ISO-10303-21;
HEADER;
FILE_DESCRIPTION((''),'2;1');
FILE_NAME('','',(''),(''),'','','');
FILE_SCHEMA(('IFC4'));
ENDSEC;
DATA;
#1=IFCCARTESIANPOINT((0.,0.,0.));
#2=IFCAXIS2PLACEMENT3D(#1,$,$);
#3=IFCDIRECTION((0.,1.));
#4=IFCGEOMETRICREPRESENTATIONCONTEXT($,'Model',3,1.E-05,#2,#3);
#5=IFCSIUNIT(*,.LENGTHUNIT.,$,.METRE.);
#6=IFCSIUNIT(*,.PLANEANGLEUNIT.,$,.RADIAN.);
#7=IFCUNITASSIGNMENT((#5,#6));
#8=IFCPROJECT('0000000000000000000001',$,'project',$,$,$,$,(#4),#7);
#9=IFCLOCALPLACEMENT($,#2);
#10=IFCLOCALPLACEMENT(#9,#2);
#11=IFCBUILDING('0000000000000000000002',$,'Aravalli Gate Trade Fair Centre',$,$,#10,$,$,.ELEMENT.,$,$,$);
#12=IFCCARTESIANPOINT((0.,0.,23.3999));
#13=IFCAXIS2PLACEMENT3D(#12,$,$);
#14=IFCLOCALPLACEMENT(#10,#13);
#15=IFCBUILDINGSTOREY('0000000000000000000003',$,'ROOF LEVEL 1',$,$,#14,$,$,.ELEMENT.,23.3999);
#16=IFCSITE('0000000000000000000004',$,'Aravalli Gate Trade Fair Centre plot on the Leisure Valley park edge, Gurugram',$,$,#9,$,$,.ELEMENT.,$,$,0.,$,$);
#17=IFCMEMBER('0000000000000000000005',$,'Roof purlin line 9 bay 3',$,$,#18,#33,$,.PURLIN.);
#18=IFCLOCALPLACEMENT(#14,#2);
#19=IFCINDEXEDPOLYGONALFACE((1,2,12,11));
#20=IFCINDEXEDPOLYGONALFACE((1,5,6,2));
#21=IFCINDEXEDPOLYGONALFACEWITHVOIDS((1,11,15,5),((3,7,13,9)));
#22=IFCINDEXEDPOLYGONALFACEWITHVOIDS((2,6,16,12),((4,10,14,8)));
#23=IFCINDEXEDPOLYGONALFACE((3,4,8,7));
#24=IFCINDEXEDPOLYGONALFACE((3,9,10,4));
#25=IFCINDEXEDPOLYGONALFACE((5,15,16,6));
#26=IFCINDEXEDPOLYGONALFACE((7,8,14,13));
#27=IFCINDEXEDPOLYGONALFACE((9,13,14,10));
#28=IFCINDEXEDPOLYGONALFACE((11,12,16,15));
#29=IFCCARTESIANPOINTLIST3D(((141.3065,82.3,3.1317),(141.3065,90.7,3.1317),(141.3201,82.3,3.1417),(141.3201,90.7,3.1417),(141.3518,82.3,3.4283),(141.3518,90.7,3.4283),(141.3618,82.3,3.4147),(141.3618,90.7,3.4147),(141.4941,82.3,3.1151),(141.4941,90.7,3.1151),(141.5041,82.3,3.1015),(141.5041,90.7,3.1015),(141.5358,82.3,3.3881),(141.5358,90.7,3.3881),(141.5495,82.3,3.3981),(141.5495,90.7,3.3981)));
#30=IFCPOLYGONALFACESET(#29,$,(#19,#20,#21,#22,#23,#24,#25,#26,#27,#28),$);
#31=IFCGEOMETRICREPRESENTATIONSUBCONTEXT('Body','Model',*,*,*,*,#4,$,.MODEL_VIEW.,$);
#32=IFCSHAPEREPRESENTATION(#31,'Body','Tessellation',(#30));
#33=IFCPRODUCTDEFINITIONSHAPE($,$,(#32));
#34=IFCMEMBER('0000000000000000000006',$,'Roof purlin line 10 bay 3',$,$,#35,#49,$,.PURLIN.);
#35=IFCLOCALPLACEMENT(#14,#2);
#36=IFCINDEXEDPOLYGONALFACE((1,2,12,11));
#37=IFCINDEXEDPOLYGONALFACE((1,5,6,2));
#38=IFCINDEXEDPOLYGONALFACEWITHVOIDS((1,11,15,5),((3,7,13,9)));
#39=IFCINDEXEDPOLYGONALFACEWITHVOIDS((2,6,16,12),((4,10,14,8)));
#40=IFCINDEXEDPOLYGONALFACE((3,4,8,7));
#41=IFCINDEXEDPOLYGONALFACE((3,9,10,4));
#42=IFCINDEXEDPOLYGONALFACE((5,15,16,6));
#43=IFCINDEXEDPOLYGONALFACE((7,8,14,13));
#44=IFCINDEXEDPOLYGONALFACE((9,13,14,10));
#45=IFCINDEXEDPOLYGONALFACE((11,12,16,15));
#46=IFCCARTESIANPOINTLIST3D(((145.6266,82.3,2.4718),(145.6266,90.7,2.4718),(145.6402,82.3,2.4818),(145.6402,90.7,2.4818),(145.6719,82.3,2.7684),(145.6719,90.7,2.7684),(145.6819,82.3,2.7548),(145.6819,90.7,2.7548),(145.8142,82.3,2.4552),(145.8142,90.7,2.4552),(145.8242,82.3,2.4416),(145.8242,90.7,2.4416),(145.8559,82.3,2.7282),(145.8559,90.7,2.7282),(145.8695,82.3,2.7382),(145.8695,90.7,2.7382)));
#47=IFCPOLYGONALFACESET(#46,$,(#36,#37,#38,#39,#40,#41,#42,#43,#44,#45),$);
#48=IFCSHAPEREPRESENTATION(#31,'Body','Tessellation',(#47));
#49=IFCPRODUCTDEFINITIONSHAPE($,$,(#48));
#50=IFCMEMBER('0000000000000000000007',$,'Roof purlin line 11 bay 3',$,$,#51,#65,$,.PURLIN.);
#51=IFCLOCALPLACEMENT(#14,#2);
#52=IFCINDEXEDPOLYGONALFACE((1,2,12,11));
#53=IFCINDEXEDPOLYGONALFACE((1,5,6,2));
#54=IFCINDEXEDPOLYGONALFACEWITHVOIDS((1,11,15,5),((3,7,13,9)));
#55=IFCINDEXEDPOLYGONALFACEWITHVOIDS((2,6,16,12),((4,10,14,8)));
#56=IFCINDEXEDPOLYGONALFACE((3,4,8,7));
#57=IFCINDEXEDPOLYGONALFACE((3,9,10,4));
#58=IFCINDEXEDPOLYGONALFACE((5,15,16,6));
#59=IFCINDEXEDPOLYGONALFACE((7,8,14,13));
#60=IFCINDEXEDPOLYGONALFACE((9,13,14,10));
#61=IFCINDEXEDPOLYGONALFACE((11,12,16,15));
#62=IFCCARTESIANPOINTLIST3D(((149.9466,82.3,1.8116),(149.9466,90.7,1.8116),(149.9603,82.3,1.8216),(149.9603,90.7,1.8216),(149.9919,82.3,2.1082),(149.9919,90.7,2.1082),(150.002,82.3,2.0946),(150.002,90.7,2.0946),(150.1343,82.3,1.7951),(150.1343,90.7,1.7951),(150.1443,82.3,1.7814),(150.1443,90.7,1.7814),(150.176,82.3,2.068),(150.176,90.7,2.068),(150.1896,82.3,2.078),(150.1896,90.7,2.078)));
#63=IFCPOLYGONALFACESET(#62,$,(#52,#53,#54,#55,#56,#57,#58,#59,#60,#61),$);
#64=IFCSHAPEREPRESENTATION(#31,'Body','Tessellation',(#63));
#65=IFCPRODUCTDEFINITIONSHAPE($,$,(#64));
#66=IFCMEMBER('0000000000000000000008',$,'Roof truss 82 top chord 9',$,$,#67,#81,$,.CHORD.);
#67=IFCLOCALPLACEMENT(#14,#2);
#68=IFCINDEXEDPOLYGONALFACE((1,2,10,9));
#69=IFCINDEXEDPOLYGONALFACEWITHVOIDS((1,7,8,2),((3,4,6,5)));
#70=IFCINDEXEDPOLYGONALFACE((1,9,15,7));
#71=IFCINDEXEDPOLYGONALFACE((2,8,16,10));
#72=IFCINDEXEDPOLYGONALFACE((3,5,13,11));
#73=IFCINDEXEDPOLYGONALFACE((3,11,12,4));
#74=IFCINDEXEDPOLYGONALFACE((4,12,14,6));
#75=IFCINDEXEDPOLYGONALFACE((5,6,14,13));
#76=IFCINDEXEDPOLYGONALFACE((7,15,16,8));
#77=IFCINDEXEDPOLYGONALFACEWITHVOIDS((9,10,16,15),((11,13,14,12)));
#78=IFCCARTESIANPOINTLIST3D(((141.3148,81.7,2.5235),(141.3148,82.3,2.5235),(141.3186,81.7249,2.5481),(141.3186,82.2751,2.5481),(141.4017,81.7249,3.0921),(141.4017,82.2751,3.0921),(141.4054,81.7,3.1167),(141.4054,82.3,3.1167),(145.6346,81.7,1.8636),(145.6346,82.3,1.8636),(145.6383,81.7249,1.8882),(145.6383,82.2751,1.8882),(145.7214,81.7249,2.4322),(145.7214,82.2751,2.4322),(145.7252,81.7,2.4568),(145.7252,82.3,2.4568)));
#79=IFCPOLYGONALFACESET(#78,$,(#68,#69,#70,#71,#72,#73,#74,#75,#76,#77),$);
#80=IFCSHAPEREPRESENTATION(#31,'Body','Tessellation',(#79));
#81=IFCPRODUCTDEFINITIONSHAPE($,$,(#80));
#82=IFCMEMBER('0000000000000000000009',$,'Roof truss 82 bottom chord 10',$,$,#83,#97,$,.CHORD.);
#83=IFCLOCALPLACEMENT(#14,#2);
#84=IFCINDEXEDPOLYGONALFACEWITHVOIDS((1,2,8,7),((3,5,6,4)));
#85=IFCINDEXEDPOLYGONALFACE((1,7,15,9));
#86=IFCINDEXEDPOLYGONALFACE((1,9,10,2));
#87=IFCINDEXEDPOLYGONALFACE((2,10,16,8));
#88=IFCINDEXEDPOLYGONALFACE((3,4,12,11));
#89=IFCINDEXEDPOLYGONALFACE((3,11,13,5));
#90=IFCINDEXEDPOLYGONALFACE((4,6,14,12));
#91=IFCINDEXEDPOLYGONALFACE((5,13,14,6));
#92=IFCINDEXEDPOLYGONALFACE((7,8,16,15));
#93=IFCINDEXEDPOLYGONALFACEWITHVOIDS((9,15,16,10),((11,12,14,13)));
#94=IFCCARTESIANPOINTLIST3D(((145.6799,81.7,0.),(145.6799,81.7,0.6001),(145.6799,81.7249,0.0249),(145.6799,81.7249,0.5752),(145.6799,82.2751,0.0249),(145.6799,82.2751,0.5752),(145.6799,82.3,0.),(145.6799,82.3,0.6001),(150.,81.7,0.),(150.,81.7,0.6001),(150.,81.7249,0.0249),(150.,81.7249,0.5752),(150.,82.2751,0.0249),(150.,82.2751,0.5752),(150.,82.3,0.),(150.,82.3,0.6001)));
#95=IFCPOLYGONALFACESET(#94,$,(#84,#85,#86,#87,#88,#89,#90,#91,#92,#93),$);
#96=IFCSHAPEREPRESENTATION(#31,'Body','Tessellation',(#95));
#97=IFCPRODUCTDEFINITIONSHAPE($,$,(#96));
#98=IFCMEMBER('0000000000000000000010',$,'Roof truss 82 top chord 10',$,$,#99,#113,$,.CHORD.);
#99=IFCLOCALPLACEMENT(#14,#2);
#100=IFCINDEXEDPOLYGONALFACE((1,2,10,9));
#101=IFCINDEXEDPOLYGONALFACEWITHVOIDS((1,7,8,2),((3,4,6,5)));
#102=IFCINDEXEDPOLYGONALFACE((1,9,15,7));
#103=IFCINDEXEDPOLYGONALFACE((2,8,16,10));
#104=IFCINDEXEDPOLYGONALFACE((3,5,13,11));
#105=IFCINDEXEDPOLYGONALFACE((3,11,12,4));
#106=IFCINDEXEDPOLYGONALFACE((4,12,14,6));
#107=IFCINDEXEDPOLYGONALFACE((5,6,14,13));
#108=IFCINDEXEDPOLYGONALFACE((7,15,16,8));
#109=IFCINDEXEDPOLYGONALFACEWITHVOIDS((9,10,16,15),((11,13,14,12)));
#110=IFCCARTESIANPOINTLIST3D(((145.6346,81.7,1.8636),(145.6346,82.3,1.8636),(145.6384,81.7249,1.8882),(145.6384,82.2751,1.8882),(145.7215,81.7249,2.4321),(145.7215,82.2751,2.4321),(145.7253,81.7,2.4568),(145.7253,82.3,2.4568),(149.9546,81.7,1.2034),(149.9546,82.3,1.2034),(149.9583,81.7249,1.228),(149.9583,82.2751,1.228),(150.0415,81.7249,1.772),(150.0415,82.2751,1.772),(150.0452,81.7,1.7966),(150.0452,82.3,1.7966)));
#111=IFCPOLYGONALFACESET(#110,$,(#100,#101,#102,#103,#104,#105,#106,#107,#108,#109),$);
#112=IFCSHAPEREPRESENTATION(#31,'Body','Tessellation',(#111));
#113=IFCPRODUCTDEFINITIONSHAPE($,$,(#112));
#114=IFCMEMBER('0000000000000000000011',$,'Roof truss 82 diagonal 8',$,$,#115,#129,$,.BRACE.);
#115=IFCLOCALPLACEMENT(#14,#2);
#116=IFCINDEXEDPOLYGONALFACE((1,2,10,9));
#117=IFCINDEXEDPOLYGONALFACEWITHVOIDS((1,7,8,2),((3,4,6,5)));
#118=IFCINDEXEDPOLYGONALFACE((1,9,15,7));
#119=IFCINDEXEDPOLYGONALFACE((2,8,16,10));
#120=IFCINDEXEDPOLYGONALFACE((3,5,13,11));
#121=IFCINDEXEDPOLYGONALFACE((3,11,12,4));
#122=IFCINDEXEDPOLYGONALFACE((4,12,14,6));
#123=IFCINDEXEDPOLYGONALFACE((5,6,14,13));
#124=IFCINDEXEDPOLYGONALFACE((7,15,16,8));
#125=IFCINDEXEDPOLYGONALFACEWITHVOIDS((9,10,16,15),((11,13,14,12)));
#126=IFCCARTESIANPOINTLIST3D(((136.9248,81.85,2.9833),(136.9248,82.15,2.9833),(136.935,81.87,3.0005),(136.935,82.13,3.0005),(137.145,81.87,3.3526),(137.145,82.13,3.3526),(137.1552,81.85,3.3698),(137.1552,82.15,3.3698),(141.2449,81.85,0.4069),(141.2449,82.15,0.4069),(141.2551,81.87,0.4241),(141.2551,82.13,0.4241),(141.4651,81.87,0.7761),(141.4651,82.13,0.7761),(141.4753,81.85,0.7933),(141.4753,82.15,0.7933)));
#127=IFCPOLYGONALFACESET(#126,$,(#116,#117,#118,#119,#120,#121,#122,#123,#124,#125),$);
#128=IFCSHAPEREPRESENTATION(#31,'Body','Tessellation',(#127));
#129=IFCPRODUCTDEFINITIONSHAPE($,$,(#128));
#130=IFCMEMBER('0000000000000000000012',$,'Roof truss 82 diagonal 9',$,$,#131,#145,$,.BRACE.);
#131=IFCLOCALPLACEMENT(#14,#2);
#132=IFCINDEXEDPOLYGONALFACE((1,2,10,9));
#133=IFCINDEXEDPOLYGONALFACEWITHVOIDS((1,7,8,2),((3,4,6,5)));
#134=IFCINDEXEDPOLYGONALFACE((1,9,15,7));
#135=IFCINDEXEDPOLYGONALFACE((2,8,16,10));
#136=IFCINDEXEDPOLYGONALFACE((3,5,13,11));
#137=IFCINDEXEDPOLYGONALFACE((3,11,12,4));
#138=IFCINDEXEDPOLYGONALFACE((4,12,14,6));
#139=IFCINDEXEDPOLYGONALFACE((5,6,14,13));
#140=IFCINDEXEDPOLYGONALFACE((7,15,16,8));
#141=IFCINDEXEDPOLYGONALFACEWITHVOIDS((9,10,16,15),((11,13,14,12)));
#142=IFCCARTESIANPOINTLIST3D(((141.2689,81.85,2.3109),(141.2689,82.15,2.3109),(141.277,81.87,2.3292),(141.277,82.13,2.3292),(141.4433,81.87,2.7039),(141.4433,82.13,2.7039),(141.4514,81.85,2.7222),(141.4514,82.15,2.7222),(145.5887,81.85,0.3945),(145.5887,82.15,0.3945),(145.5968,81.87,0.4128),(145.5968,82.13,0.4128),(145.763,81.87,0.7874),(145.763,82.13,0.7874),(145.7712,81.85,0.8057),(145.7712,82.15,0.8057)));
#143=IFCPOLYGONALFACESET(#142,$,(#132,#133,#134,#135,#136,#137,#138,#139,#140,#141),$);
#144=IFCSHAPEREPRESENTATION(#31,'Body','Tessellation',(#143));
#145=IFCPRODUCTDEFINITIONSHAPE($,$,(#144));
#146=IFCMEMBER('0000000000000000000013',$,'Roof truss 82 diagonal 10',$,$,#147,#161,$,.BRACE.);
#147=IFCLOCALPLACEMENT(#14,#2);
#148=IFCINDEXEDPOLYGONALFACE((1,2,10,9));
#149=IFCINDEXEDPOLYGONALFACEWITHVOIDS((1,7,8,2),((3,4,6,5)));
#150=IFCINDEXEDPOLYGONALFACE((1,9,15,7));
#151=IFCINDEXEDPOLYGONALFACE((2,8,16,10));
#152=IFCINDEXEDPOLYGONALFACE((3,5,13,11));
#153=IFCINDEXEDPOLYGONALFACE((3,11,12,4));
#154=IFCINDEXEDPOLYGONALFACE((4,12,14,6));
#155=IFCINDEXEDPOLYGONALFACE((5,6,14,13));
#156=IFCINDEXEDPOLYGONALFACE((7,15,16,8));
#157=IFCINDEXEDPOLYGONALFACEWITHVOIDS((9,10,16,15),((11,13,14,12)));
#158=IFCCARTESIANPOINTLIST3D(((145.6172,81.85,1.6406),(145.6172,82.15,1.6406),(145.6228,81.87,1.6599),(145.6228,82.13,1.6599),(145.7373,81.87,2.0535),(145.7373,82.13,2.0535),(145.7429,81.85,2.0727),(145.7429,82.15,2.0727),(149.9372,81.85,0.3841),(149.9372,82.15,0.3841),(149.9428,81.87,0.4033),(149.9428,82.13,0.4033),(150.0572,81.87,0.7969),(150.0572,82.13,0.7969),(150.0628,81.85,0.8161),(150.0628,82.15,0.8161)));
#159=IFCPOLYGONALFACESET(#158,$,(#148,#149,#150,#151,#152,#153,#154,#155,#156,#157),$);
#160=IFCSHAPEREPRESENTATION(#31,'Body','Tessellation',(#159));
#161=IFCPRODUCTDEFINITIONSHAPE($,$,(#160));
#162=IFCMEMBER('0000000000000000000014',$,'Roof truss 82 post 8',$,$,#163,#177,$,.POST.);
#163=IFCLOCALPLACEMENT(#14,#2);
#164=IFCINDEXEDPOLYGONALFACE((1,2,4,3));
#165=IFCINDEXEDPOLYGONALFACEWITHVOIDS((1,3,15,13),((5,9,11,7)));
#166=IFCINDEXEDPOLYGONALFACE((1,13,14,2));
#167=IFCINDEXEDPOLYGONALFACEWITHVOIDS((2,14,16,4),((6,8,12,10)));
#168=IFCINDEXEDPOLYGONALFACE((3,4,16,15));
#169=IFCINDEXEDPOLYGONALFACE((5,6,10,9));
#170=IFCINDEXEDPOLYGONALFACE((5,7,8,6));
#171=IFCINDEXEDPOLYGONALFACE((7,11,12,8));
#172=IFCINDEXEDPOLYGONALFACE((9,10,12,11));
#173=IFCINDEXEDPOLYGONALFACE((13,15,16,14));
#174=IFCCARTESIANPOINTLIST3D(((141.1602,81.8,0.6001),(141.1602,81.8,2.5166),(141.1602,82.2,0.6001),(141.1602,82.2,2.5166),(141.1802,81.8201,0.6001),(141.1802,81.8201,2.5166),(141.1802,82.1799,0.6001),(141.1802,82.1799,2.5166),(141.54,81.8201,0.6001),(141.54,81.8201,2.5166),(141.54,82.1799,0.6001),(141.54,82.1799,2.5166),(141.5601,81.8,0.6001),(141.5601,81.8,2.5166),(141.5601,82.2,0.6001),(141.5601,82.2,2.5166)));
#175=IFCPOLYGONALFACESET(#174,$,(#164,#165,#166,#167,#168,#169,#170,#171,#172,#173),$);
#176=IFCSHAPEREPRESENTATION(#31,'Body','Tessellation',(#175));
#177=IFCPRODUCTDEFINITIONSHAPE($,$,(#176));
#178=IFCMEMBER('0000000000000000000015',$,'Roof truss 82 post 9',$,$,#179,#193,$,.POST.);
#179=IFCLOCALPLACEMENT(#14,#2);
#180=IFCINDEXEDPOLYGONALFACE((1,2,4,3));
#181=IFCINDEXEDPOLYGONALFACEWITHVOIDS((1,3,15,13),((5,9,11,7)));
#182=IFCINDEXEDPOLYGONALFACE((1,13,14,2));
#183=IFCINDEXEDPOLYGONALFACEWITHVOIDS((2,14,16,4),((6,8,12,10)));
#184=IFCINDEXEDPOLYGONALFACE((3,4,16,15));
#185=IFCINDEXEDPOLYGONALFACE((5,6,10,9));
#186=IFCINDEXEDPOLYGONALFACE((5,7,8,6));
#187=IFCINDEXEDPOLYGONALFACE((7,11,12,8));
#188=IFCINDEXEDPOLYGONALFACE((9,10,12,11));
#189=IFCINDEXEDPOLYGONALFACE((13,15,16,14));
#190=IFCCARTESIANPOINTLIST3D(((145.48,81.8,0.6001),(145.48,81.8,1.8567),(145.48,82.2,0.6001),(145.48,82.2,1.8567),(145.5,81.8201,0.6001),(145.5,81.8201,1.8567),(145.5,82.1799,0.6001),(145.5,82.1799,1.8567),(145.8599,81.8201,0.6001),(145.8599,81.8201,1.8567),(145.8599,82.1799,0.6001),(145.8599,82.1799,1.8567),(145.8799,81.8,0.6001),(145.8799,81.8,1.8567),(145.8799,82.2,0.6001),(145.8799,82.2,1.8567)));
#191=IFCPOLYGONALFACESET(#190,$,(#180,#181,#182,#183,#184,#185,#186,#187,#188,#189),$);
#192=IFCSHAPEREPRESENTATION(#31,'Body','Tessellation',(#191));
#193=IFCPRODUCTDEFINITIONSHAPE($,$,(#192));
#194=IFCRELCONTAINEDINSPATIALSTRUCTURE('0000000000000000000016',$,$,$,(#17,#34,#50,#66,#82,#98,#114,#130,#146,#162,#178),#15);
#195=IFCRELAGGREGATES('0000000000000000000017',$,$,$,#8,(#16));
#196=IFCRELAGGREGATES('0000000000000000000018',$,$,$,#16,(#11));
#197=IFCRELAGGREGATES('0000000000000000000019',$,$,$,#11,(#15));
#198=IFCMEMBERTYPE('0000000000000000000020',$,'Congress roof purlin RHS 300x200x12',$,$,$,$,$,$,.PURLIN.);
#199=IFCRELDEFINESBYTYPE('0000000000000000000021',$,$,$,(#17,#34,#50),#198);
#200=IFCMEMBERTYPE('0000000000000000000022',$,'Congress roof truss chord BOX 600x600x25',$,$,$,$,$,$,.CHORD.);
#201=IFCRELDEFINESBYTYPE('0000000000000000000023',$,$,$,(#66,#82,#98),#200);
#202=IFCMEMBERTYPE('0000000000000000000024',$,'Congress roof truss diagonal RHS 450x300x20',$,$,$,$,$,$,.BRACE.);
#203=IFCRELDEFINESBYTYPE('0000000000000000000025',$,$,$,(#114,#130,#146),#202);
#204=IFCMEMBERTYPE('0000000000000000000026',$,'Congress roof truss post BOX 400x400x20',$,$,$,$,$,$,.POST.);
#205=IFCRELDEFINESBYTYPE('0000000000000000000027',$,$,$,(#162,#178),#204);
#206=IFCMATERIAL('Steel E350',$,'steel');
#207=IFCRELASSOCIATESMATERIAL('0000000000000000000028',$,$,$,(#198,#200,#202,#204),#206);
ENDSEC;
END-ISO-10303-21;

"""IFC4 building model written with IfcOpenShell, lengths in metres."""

from ifc_helpers import new_model, si_unit, direction, frame, origin, origin_2d, place, context, subcontext, project, spatial, hollow_rectangle, extrude, material, material_profile, profile_set, type_object, element, save


model = new_model("IFC4")

# Units and contexts
model_context = context("Model", 3, precision=1e-05, world=origin(), true_north=direction((0.0, 1.0)))
body_context = subcontext(model_context, "Body", "Model", "MODEL_VIEW")
ifc_project = project(units=[si_unit("LENGTHUNIT", "METRE"), si_unit("PLANEANGLEUNIT", "RADIAN")], contexts=[model_context])

# Site, building, storey
site_placement = place(None, origin())
site = spatial("IfcSite", under=ifc_project, at=site_placement, Name="Aravalli Gate Trade Fair Centre plot on the Leisure Valley park edge, Gurugram", CompositionType="ELEMENT", RefElevation=0.0)
building_placement = place(site_placement, origin())
building = spatial("IfcBuilding", under=site, at=building_placement, Name="Aravalli Gate Trade Fair Centre", CompositionType="ELEMENT")
storey_placement = place(building_placement, frame((0.0, 0.0, 23.3999)))
storey = spatial("IfcBuildingStorey", under=building, at=storey_placement, Name="ROOF LEVEL 1", CompositionType="ELEMENT", Elevation=23.3999)

# Members
ifc_material_1 = material(Name="Steel E350", Category="steel")
ifc_material_profile_1 = material_profile(ifc_material_1, hollow_rectangle(XDim=0.2, YDim=0.3, WallThickness=0.012, at=origin_2d()), Name="RHS 300x200x12")
ifc_profile_set_1 = profile_set([ifc_material_profile_1], Name="Steel E350")
member_type_1 = type_object("IfcMemberType", Name="Congress roof purlin RHS 300x200x12", PredefinedType="PURLIN", material=ifc_profile_set_1)
for number, where, z_axis, x_axis, name in (
    (1, (141.428, 82.3, 3.2649), (0.0, 1.0, 0.0), (-0.98853, 0.0, 0.151026), "Roof purlin line 9 bay 3"),
    (2, (145.748, 82.3, 2.605), (0.0, 1.0, 0.0), (-0.98853, 0.0, 0.151026), "Roof purlin line 10 bay 3"),
    (3, (150.0681, 82.3, 1.9448), (0.0, 1.0, 0.0), (-0.98853, 0.0, 0.151026), "Roof purlin line 11 bay 3"),
):
    element("IfcMember", number, at=place(storey_placement, frame(where, z_axis=z_axis, x_axis=x_axis)), inside=storey, type_object=member_type_1, Name=name, PredefinedType="PURLIN", context=body_context, shape_type="SweptSolid", body=[
        extrude(hollow_rectangle(XDim=0.2, YDim=0.3, WallThickness=0.012, at=origin_2d()), origin(), (0.0, 0.0, 1.0), 8.3999),
    ])
ifc_material_profile_2 = material_profile(ifc_material_1, hollow_rectangle(XDim=0.6001, YDim=0.6001, WallThickness=0.0249, at=origin_2d()), Name="BOX 600x600x25")
ifc_profile_set_2 = profile_set([ifc_material_profile_2], Name="Steel E350")
member_type_2 = type_object("IfcMemberType", Name="Congress roof truss chord BOX 600x600x25", PredefinedType="CHORD", material=ifc_profile_set_2)
member_1_placement = place(storey_placement, frame((141.3601, 82.0, 2.8201), z_axis=(0.988532, 0.0, -0.151012), x_axis=(0.0, 1.0, 0.0)))
element("IfcMember", 4, at=member_1_placement, inside=storey, type_object=member_type_2, Name="Roof truss 82 top chord 9", PredefinedType="CHORD", context=body_context, shape_type="SweptSolid", body=[
    extrude(hollow_rectangle(XDim=0.6001, YDim=0.6001, WallThickness=0.0249, at=origin_2d()), origin(), (0.0, 0.0, 1.0), 4.3699),
])
member_2_placement = place(storey_placement, frame((145.6799, 82.0, 0.3), z_axis=(1.0, 0.0, 0.0), x_axis=(0.0, 1.0, 0.0)))
element("IfcMember", 5, at=member_2_placement, inside=storey, type_object=member_type_2, Name="Roof truss 82 bottom chord 10", PredefinedType="CHORD", context=body_context, shape_type="SweptSolid", body=[
    extrude(hollow_rectangle(XDim=0.6001, YDim=0.6001, WallThickness=0.0249, at=origin_2d()), origin(), (0.0, 0.0, 1.0), 4.3201),
])
member_3_placement = place(storey_placement, frame((145.6799, 82.0, 2.1602), z_axis=(0.988525, 0.0, -0.151058), x_axis=(0.0, 1.0, 0.0)))
element("IfcMember", 6, at=member_3_placement, inside=storey, type_object=member_type_2, Name="Roof truss 82 top chord 10", PredefinedType="CHORD", context=body_context, shape_type="SweptSolid", body=[
    extrude(hollow_rectangle(XDim=0.6001, YDim=0.6001, WallThickness=0.0249, at=origin_2d()), origin(), (0.0, 0.0, 1.0), 4.3701),
])
ifc_material_profile_3 = material_profile(ifc_material_1, hollow_rectangle(XDim=0.3, YDim=0.45, WallThickness=0.02, at=origin_2d()), Name="RHS 450x300x20")
ifc_profile_set_3 = profile_set([ifc_material_profile_3], Name="Steel E350")
member_type_3 = type_object("IfcMemberType", Name="Congress roof truss diagonal RHS 450x300x20", PredefinedType="BRACE", material=ifc_profile_set_3)
member_4_placement = place(storey_placement, frame((141.3601, 82.0, 0.6001), z_axis=(-0.85886, 0.0, 0.51221), x_axis=(0.0, -1.0, 0.0)))
element("IfcMember", 7, at=member_4_placement, inside=storey, type_object=member_type_3, Name="Roof truss 82 diagonal 8", PredefinedType="BRACE", context=body_context, shape_type="SweptSolid", body=[
    extrude(hollow_rectangle(XDim=0.3, YDim=0.45, WallThickness=0.02, at=origin_2d()), origin(), (0.0, 0.0, 1.0), 5.03),
])
member_5_placement = place(storey_placement, frame((145.6799, 82.0, 0.6001), z_axis=(-0.91408, 0.0, 0.405534), x_axis=(0.0, -1.0, 0.0)))
element("IfcMember", 8, at=member_5_placement, inside=storey, type_object=member_type_3, Name="Roof truss 82 diagonal 9", PredefinedType="BRACE", context=body_context, shape_type="SweptSolid", body=[
    extrude(hollow_rectangle(XDim=0.3, YDim=0.45, WallThickness=0.02, at=origin_2d()), origin(), (0.0, 0.0, 1.0), 4.7258),
])
member_6_placement = place(storey_placement, frame((150.0, 82.0, 0.6001), z_axis=(-0.960205, 0.0, 0.279298), x_axis=(0.0, -1.0, 0.0)))
element("IfcMember", 9, at=member_6_placement, inside=storey, type_object=member_type_3, Name="Roof truss 82 diagonal 10", PredefinedType="BRACE", context=body_context, shape_type="SweptSolid", body=[
    extrude(hollow_rectangle(XDim=0.3, YDim=0.45, WallThickness=0.02, at=origin_2d()), origin(), (0.0, 0.0, 1.0), 4.499),
])
ifc_material_profile_4 = material_profile(ifc_material_1, hollow_rectangle(XDim=0.3999, YDim=0.3999, WallThickness=0.02, at=origin_2d()), Name="BOX 400x400x20")
ifc_profile_set_4 = profile_set([ifc_material_profile_4], Name="Steel E350")
member_type_4 = type_object("IfcMemberType", Name="Congress roof truss post BOX 400x400x20", PredefinedType="POST", material=ifc_profile_set_4)
member_7_placement = place(storey_placement, frame((141.3601, 82.0, 0.6001), z_axis=(0.0, 0.0, 1.0), x_axis=(1.0, 0.0, 0.0)))
element("IfcMember", 10, at=member_7_placement, inside=storey, type_object=member_type_4, Name="Roof truss 82 post 8", PredefinedType="POST", context=body_context, shape_type="SweptSolid", body=[
    extrude(hollow_rectangle(XDim=0.3999, YDim=0.3999, WallThickness=0.02, at=origin_2d()), origin(), (0.0, 0.0, 1.0), 1.9165),
])
member_8_placement = place(storey_placement, frame((145.6799, 82.0, 0.6001), z_axis=(0.0, 0.0, 1.0), x_axis=(1.0, 0.0, 0.0)))
element("IfcMember", 11, at=member_8_placement, inside=storey, type_object=member_type_4, Name="Roof truss 82 post 9", PredefinedType="POST", context=body_context, shape_type="SweptSolid", body=[
    extrude(hollow_rectangle(XDim=0.3999, YDim=0.3999, WallThickness=0.02, at=origin_2d()), origin(), (0.0, 0.0, 1.0), 1.2566),
])

save(model, "model.ifc")
